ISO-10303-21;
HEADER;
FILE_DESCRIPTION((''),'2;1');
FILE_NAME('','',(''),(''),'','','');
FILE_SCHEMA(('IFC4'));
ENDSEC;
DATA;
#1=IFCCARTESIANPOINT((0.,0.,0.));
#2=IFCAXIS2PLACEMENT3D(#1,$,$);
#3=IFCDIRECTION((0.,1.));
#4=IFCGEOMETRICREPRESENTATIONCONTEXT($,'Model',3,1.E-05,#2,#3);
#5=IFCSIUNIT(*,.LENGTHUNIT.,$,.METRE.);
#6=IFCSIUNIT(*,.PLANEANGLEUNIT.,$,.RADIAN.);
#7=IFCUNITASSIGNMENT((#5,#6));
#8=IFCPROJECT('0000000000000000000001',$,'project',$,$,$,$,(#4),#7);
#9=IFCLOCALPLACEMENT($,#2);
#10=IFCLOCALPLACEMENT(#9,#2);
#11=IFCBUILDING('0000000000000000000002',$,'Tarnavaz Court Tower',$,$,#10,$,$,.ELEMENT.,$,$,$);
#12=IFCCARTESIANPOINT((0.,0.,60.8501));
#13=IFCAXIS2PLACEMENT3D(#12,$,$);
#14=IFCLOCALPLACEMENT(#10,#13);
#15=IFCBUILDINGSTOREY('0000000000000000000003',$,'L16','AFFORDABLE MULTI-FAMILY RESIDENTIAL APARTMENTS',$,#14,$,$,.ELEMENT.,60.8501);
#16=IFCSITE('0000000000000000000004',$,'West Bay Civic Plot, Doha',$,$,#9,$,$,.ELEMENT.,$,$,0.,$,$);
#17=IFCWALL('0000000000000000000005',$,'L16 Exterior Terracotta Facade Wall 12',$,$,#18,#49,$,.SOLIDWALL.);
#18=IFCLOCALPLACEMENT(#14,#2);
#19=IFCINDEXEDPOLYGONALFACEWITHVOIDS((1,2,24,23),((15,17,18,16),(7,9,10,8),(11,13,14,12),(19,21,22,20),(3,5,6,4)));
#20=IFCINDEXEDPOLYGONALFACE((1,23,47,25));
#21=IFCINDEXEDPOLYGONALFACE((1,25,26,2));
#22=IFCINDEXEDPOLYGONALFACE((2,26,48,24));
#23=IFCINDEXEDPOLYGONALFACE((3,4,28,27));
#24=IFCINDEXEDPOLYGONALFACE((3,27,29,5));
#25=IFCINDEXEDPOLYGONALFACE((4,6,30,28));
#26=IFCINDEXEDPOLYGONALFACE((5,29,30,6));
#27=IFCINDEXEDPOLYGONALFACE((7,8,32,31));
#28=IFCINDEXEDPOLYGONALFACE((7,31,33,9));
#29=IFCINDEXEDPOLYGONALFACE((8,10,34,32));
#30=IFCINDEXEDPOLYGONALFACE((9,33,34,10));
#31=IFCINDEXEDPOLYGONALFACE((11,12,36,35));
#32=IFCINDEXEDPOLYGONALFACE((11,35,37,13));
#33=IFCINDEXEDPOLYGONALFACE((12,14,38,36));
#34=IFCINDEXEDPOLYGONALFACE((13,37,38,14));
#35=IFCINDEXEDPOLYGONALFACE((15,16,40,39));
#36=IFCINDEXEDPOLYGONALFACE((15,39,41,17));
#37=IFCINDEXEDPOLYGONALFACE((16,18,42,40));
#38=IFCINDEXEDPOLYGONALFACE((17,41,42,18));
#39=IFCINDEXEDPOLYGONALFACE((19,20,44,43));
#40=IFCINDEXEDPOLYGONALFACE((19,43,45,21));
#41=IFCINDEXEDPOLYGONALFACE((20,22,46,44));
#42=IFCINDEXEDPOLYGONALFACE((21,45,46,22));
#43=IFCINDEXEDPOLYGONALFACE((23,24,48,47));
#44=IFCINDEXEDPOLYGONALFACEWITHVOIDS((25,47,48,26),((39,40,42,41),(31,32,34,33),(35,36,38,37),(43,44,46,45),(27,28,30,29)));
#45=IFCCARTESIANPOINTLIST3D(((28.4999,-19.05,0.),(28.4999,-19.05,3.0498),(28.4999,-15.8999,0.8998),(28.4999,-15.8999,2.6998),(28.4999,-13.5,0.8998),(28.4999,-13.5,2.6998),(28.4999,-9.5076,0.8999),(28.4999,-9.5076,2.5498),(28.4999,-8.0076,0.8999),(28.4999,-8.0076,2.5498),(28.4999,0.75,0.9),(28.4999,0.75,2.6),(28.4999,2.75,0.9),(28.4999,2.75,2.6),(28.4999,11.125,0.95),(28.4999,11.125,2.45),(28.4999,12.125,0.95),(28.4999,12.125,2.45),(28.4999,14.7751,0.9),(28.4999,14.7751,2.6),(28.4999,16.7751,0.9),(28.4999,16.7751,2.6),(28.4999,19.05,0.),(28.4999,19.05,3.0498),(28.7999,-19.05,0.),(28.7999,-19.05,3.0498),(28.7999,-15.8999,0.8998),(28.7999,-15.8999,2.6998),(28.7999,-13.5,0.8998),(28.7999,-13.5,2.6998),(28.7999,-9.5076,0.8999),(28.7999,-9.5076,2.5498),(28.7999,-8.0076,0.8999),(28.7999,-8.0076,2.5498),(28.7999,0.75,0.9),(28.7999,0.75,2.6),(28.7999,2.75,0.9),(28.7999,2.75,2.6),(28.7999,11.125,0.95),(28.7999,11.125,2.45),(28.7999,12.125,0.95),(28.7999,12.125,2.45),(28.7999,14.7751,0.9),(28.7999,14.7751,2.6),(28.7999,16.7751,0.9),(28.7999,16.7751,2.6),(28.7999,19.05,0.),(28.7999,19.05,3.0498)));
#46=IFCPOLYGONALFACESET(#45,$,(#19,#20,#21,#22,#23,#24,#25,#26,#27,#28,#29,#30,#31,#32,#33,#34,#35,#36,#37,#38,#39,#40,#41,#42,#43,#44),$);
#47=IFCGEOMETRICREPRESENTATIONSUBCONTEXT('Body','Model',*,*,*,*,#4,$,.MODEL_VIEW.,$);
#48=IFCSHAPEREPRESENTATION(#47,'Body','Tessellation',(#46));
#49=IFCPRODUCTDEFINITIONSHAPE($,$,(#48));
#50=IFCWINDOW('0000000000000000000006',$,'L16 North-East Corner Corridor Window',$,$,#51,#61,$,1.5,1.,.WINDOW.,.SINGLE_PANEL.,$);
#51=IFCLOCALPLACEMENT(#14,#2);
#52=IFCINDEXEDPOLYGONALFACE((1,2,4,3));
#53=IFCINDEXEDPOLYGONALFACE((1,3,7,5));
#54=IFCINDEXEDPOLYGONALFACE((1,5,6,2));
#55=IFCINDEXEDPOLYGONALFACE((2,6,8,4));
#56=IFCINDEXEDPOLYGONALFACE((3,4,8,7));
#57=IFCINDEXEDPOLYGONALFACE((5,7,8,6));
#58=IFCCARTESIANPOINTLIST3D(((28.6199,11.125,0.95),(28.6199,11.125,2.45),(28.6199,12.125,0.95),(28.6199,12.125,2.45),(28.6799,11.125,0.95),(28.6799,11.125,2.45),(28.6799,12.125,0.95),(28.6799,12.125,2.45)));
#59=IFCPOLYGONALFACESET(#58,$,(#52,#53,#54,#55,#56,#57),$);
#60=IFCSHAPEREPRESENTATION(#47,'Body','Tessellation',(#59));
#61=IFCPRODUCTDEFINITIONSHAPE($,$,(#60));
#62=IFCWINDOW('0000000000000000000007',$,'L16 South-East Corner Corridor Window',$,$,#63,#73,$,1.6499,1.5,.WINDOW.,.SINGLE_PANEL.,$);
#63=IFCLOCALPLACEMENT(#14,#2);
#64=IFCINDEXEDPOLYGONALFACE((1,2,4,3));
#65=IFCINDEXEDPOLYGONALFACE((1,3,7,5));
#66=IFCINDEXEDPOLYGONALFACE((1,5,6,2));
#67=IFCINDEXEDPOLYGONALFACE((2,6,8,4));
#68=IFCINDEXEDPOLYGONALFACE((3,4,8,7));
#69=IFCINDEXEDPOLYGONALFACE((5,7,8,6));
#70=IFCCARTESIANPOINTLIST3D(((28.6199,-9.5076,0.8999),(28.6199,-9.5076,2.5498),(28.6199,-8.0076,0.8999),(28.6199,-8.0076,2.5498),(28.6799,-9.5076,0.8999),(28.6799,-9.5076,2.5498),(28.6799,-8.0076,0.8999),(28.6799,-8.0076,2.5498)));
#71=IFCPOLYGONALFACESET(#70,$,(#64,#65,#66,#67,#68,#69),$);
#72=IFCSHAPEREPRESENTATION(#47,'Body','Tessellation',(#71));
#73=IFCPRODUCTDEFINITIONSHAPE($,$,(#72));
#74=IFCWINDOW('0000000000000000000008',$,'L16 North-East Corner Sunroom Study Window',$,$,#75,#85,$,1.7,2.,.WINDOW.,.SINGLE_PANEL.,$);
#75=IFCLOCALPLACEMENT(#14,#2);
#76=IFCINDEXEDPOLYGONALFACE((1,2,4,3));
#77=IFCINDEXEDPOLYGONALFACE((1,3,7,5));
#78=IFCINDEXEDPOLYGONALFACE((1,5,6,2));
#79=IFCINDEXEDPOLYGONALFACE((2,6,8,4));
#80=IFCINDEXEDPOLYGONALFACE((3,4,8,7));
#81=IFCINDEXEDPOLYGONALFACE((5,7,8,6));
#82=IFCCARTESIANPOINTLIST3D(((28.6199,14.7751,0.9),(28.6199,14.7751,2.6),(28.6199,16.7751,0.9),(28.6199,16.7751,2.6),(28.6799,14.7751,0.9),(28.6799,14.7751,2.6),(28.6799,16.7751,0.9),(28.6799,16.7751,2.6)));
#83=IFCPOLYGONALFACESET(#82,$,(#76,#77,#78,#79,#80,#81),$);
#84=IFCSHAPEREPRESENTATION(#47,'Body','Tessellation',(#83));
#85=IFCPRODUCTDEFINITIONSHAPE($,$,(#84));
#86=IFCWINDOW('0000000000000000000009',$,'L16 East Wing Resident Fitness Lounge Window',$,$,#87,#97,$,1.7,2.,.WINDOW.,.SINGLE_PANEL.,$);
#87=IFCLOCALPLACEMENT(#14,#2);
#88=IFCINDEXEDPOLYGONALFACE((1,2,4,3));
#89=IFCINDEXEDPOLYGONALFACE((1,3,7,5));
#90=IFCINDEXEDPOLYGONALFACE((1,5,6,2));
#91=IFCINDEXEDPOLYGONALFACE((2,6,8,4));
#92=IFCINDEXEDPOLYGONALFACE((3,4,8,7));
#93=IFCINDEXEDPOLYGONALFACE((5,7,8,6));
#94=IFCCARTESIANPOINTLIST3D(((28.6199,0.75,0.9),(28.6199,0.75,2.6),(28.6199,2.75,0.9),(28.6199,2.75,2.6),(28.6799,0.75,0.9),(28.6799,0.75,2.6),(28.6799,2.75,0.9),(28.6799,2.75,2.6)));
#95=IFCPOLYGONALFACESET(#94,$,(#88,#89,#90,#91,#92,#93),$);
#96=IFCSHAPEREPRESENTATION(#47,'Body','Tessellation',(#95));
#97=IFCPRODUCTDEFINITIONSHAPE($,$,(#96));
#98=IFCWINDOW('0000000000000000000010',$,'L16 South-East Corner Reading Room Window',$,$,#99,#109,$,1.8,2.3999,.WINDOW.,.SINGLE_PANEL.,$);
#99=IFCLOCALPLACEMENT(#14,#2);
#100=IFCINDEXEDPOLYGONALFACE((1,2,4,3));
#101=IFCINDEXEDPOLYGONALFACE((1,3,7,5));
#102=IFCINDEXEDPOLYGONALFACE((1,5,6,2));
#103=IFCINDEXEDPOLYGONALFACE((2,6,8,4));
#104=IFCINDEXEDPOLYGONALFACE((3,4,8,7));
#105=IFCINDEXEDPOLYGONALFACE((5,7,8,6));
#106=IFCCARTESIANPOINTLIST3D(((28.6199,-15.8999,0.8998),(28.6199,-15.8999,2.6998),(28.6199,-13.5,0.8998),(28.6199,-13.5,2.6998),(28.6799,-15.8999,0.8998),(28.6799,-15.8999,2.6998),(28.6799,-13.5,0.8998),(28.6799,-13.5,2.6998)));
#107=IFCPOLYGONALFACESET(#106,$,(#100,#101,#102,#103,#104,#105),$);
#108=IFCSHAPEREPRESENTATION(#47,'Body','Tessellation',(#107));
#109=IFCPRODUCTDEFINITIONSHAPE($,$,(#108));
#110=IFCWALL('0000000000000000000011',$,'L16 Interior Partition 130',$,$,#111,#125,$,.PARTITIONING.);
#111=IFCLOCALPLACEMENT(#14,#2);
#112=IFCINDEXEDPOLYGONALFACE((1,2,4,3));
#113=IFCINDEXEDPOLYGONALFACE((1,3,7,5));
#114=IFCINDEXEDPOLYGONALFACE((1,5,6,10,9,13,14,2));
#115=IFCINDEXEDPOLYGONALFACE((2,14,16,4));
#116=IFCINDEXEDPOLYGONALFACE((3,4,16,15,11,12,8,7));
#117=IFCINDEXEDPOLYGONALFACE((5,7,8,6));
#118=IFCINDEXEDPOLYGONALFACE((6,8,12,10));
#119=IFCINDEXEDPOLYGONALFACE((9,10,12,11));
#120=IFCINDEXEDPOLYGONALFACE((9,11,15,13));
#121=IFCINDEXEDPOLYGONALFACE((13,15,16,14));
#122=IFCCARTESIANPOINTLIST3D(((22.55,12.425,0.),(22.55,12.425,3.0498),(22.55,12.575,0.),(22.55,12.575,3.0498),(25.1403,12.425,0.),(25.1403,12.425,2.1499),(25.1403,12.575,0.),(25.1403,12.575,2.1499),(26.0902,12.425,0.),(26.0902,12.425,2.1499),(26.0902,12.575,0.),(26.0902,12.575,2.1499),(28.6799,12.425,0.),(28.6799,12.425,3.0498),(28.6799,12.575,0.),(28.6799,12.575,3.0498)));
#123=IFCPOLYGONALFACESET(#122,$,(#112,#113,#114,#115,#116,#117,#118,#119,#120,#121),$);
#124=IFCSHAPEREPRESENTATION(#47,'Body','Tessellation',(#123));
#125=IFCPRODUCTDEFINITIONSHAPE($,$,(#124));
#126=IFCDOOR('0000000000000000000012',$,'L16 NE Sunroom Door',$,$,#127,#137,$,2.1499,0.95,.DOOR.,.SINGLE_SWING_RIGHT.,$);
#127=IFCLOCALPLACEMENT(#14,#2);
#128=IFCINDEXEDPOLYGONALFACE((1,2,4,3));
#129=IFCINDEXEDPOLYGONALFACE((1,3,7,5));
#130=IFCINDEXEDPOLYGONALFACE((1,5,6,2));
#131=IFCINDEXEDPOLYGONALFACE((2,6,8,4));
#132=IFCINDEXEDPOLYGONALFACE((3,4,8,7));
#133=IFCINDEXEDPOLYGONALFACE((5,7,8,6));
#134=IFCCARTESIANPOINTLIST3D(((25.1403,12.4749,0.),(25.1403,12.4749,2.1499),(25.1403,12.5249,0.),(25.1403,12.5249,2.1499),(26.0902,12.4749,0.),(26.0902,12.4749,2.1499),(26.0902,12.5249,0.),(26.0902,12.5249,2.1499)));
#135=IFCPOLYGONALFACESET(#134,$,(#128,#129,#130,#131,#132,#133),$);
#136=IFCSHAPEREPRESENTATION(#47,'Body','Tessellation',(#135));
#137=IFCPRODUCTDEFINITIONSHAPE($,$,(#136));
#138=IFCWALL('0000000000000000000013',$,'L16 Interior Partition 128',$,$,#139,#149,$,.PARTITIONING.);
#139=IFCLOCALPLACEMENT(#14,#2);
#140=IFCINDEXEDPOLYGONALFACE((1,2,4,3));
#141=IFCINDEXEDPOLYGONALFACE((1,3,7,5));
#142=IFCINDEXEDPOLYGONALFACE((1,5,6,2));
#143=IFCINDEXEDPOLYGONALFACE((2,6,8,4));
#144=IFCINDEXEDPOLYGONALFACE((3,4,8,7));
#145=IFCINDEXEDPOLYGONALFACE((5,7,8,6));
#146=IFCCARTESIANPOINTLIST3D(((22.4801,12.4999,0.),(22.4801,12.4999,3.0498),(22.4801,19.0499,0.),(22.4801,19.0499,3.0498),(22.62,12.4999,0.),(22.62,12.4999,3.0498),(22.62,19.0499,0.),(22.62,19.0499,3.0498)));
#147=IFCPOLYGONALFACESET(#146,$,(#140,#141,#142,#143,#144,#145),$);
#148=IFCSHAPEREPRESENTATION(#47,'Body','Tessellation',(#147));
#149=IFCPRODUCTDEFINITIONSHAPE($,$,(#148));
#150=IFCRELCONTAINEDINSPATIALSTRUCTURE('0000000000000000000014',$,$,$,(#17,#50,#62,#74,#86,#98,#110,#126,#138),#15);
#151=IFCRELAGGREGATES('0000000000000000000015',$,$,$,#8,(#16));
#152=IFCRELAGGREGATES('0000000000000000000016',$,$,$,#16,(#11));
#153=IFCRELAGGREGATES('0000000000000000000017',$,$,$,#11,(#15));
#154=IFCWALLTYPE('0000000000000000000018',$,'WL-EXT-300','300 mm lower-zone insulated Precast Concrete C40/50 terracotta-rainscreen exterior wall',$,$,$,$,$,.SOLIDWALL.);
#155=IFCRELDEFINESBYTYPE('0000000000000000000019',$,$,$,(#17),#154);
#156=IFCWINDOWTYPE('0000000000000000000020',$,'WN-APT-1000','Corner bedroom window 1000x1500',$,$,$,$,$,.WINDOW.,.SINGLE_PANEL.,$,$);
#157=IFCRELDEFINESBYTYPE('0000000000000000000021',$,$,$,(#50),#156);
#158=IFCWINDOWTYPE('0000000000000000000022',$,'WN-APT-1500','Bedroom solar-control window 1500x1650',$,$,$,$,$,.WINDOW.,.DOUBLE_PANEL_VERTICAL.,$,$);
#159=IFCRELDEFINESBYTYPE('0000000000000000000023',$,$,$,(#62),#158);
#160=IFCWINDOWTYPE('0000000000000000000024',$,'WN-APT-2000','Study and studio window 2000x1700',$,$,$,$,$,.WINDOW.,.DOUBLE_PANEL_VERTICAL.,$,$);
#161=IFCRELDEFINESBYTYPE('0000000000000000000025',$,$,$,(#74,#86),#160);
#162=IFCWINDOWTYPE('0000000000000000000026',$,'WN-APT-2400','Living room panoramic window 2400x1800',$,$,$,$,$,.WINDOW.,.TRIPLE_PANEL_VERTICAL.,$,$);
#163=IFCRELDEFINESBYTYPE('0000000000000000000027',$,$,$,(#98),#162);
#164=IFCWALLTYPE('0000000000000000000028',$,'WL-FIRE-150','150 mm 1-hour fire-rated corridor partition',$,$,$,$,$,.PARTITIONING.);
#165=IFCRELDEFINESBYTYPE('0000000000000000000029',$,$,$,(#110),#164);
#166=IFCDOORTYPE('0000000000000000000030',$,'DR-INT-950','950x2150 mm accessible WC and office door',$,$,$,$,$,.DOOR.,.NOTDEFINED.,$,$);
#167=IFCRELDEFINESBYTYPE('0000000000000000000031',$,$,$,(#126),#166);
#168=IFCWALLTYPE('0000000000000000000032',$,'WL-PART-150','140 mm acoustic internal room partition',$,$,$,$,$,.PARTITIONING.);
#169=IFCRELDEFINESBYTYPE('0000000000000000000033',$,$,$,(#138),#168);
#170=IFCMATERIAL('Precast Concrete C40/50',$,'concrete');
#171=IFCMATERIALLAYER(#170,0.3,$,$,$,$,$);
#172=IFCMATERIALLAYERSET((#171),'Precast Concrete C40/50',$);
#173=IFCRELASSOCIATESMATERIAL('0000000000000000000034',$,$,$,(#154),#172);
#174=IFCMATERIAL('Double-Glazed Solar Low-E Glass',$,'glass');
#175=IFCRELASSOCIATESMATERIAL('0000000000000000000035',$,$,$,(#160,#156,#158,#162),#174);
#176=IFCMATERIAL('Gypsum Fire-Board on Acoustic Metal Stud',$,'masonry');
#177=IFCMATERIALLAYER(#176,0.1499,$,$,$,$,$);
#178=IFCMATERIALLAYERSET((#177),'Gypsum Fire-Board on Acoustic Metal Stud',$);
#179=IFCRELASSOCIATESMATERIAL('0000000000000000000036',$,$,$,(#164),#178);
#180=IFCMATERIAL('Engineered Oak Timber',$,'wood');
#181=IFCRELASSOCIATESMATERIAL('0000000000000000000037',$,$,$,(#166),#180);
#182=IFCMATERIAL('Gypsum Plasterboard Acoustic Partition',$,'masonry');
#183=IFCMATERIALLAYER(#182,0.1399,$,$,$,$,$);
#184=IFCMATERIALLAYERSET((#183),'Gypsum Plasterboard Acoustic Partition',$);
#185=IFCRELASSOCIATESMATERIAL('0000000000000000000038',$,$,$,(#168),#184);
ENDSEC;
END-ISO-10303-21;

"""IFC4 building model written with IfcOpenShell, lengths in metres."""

from ifc_helpers import new_model, si_unit, direction, frame, frame_2d, origin, place, context, subcontext, project, spatial, rectangle, extrude, material, layer, layer_set, type_object, element, fill, save


model = new_model("IFC4")

# Units and contexts
model_context = context("Model", 3, precision=1e-05, world=origin(), true_north=direction((0.0, 1.0)))
body_context = subcontext(model_context, "Body", "Model", "MODEL_VIEW")
ifc_project = project(units=[si_unit("LENGTHUNIT", "METRE"), si_unit("PLANEANGLEUNIT", "RADIAN")], contexts=[model_context])

# Site, building, storey
site_placement = place(None, origin())
site = spatial("IfcSite", under=ifc_project, at=site_placement, Name="West Bay Civic Plot, Doha", CompositionType="ELEMENT", RefElevation=0.0)
building_placement = place(site_placement, origin())
building = spatial("IfcBuilding", under=site, at=building_placement, Name="Tarnavaz Court Tower", CompositionType="ELEMENT")
storey_placement = place(building_placement, frame((0.0, 0.0, 60.8501)))
storey = spatial("IfcBuildingStorey", under=building, at=storey_placement, Name="L16", Description="AFFORDABLE MULTI-FAMILY RESIDENTIAL APARTMENTS", CompositionType="ELEMENT", Elevation=60.8501)

# Shared definitions
ifc_material_1 = material(Name="Precast Concrete C40/50", Category="concrete")
ifc_layer_1 = layer(ifc_material_1, 0.3)
ifc_layer_set_1 = layer_set([ifc_layer_1], Name="Precast Concrete C40/50")
wall_type_1 = type_object("IfcWallType", Name="WL-EXT-300", Description="300 mm lower-zone insulated Precast Concrete C40/50 terracotta-rainscreen exterior wall", PredefinedType="SOLIDWALL", material=ifc_layer_set_1)
ifc_material_2 = material(Name="Double-Glazed Solar Low-E Glass", Category="glass")
window_type_1 = type_object("IfcWindowType", Name="WN-APT-2000", Description="Study and studio window 2000x1700", PartitioningType="DOUBLE_PANEL_VERTICAL", PredefinedType="WINDOW", material=ifc_material_2)

# Wall, openings, windows
wall_1_placement = place(storey_placement, frame((28.6499, 19.05, 0.0), z_axis=(0.0, 0.0, 1.0), x_axis=(0.0, -1.0, 0.0)))
wall_1 = element("IfcWall", 1, at=wall_1_placement, inside=storey, type_object=wall_type_1, Name="L16 Exterior Terracotta Facade Wall 12", PredefinedType="SOLIDWALL", context=body_context, shape_type="SweptSolid", body=[
    extrude(rectangle(XDim=38.1001, YDim=0.3, at=frame_2d((19.05, 0.0))), origin(), (0.0, 0.0, 1.0), 3.0498),
])
opening_1_placement = place(wall_1_placement, frame((2.2749, 0.0, 0.8999)))
opening_1 = element("IfcOpeningElement", 2, at=opening_1_placement, cuts=wall_1, PredefinedType="OPENING", context=body_context, shape_type="SweptSolid", body=[
    extrude(rectangle(XDim=2.0, YDim=1.7, at=frame_2d((1.0, 0.8501))), frame((0.0, 0.1599, 0.0), z_axis=(0.0, -1.0, 0.0), x_axis=(1.0, 0.0, 0.0)), (0.0, 0.0, 1.0), 0.3201),
])
opening_2_placement = place(wall_1_placement, frame((6.925, 0.0, 0.95)))
opening_2 = element("IfcOpeningElement", 3, at=opening_2_placement, cuts=wall_1, PredefinedType="OPENING", context=body_context, shape_type="SweptSolid", body=[
    extrude(rectangle(XDim=1.0, YDim=1.5, at=frame_2d((0.5, 0.75))), frame((0.0, 0.1599, 0.0), z_axis=(0.0, -1.0, 0.0), x_axis=(1.0, 0.0, 0.0)), (0.0, 0.0, 1.0), 0.3201),
])
opening_3_placement = place(wall_1_placement, frame((16.3, 0.0, 0.8999)))
opening_3 = element("IfcOpeningElement", 4, at=opening_3_placement, cuts=wall_1, PredefinedType="OPENING", context=body_context, shape_type="SweptSolid", body=[
    extrude(rectangle(XDim=2.0, YDim=1.7, at=frame_2d((1.0, 0.8501))), frame((0.0, 0.1599, 0.0), z_axis=(0.0, -1.0, 0.0), x_axis=(1.0, 0.0, 0.0)), (0.0, 0.0, 1.0), 0.3201),
])
opening_4_placement = place(wall_1_placement, frame((27.0576, 0.0, 0.8999)))
opening_4 = element("IfcOpeningElement", 5, at=opening_4_placement, cuts=wall_1, PredefinedType="OPENING", context=body_context, shape_type="SweptSolid", body=[
    extrude(rectangle(XDim=1.5, YDim=1.6499, at=frame_2d((0.75, 0.825))), frame((0.0, 0.1599, 0.0), z_axis=(0.0, -1.0, 0.0), x_axis=(1.0, 0.0, 0.0)), (0.0, 0.0, 1.0), 0.3201),
])
opening_5_placement = place(wall_1_placement, frame((32.55, 0.0, 0.8999)))
opening_5 = element("IfcOpeningElement", 6, at=opening_5_placement, cuts=wall_1, PredefinedType="OPENING", context=body_context, shape_type="SweptSolid", body=[
    extrude(rectangle(XDim=2.3999, YDim=1.8, at=frame_2d((1.2, 0.8999))), frame((0.0, 0.1599, 0.0), z_axis=(0.0, -1.0, 0.0), x_axis=(1.0, 0.0, 0.0)), (0.0, 0.0, 1.0), 0.3201),
])
window_type_2 = type_object("IfcWindowType", Name="WN-APT-1000", Description="Corner bedroom window 1000x1500", PartitioningType="SINGLE_PANEL", PredefinedType="WINDOW", material=ifc_material_2)
window_1_placement = place(opening_2_placement, origin())
window_1 = element("IfcWindow", 7, at=window_1_placement, inside=storey, type_object=window_type_2, Name="L16 North-East Corner Corridor Window", OverallHeight=1.5, OverallWidth=1.0, PartitioningType="SINGLE_PANEL", PredefinedType="WINDOW", context=body_context, shape_type="SweptSolid", body=[
    extrude(rectangle(XDim=1.0, YDim=1.5, at=frame_2d((0.5, 0.75))), frame((0.0, 0.03, 0.0), z_axis=(0.0, -1.0, 0.0), x_axis=(1.0, 0.0, 0.0)), (0.0, 0.0, 1.0), 0.0601),
])
fill(opening_2, window_1)
window_type_3 = type_object("IfcWindowType", Name="WN-APT-1500", Description="Bedroom solar-control window 1500x1650", PartitioningType="DOUBLE_PANEL_VERTICAL", PredefinedType="WINDOW", material=ifc_material_2)
window_2_placement = place(opening_4_placement, origin())
window_2 = element("IfcWindow", 8, at=window_2_placement, inside=storey, type_object=window_type_3, Name="L16 South-East Corner Corridor Window", OverallHeight=1.6499, OverallWidth=1.5, PartitioningType="SINGLE_PANEL", PredefinedType="WINDOW", context=body_context, shape_type="SweptSolid", body=[
    extrude(rectangle(XDim=1.5, YDim=1.6499, at=frame_2d((0.75, 0.825))), frame((0.0, 0.03, 0.0), z_axis=(0.0, -1.0, 0.0), x_axis=(1.0, 0.0, 0.0)), (0.0, 0.0, 1.0), 0.0601),
])
fill(opening_4, window_2)
window_3_placement = place(opening_1_placement, origin())
window_3 = element("IfcWindow", 9, at=window_3_placement, inside=storey, type_object=window_type_1, Name="L16 North-East Corner Sunroom Study Window", OverallHeight=1.7, OverallWidth=2.0, PartitioningType="SINGLE_PANEL", PredefinedType="WINDOW", context=body_context, shape_type="SweptSolid", body=[
    extrude(rectangle(XDim=2.0, YDim=1.7, at=frame_2d((1.0, 0.8501))), frame((0.0, 0.03, 0.0), z_axis=(0.0, -1.0, 0.0), x_axis=(1.0, 0.0, 0.0)), (0.0, 0.0, 1.0), 0.0601),
])
fill(opening_1, window_3)
window_4_placement = place(opening_3_placement, origin())
window_4 = element("IfcWindow", 10, at=window_4_placement, inside=storey, type_object=window_type_1, Name="L16 East Wing Resident Fitness Lounge Window", OverallHeight=1.7, OverallWidth=2.0, PartitioningType="SINGLE_PANEL", PredefinedType="WINDOW", context=body_context, shape_type="SweptSolid", body=[
    extrude(rectangle(XDim=2.0, YDim=1.7, at=frame_2d((1.0, 0.8501))), frame((0.0, 0.03, 0.0), z_axis=(0.0, -1.0, 0.0), x_axis=(1.0, 0.0, 0.0)), (0.0, 0.0, 1.0), 0.0601),
])
fill(opening_3, window_4)
window_type_4 = type_object("IfcWindowType", Name="WN-APT-2400", Description="Living room panoramic window 2400x1800", PartitioningType="TRIPLE_PANEL_VERTICAL", PredefinedType="WINDOW", material=ifc_material_2)
window_5_placement = place(opening_5_placement, origin())
window_5 = element("IfcWindow", 11, at=window_5_placement, inside=storey, type_object=window_type_4, Name="L16 South-East Corner Reading Room Window", OverallHeight=1.8, OverallWidth=2.3999, PartitioningType="SINGLE_PANEL", PredefinedType="WINDOW", context=body_context, shape_type="SweptSolid", body=[
    extrude(rectangle(XDim=2.3999, YDim=1.8, at=frame_2d((1.2, 0.8999))), frame((0.0, 0.03, 0.0), z_axis=(0.0, -1.0, 0.0), x_axis=(1.0, 0.0, 0.0)), (0.0, 0.0, 1.0), 0.0601),
])
fill(opening_5, window_5)

# Wall, opening, door
ifc_material_3 = material(Name="Gypsum Fire-Board on Acoustic Metal Stud", Category="masonry")
ifc_layer_2 = layer(ifc_material_3, 0.1499)
ifc_layer_set_2 = layer_set([ifc_layer_2], Name="Gypsum Fire-Board on Acoustic Metal Stud")
wall_type_2 = type_object("IfcWallType", Name="WL-FIRE-150", Description="150 mm 1-hour fire-rated corridor partition", PredefinedType="PARTITIONING", material=ifc_layer_set_2)
wall_2_placement = place(storey_placement, frame((22.55, 12.5, 0.0), z_axis=(0.0, 0.0, 1.0), x_axis=(1.0, 0.0, 0.0)))
wall_2 = element("IfcWall", 12, at=wall_2_placement, inside=storey, type_object=wall_type_2, Name="L16 Interior Partition 130", PredefinedType="PARTITIONING", context=body_context, shape_type="SweptSolid", body=[
    extrude(rectangle(XDim=6.1299, YDim=0.1499, at=frame_2d((3.0649, 0.0))), origin(), (0.0, 0.0, 1.0), 3.0498),
])
opening_6_placement = place(wall_2_placement, frame((2.5901, 0.0, 0.0)))
opening_6 = element("IfcOpeningElement", 13, at=opening_6_placement, cuts=wall_2, PredefinedType="OPENING", context=body_context, shape_type="SweptSolid", body=[
    extrude(rectangle(XDim=0.95, YDim=2.1499, at=frame_2d((0.4751, 1.075))), frame((0.0, 0.085, 0.0), z_axis=(0.0, -1.0, 0.0), x_axis=(1.0, 0.0, 0.0)), (0.0, 0.0, 1.0), 0.1699),
])
ifc_material_4 = material(Name="Engineered Oak Timber", Category="wood")
door_type = type_object("IfcDoorType", Name="DR-INT-950", Description="950x2150 mm accessible WC and office door", OperationType="NOTDEFINED", PredefinedType="DOOR", material=ifc_material_4)
door_placement = place(opening_6_placement, origin())
door = element("IfcDoor", 14, at=door_placement, inside=storey, type_object=door_type, Name="L16 NE Sunroom Door", OperationType="SINGLE_SWING_RIGHT", OverallHeight=2.1499, OverallWidth=0.95, PredefinedType="DOOR", context=body_context, shape_type="SweptSolid", body=[
    extrude(rectangle(XDim=0.95, YDim=2.1499, at=frame_2d((0.4751, 1.075))), frame((0.0, 0.0249, 0.0), z_axis=(0.0, -1.0, 0.0), x_axis=(1.0, 0.0, 0.0)), (0.0, 0.0, 1.0), 0.05),
])
fill(opening_6, door)

# Wall
ifc_material_5 = material(Name="Gypsum Plasterboard Acoustic Partition", Category="masonry")
ifc_layer_3 = layer(ifc_material_5, 0.1399)
ifc_layer_set_3 = layer_set([ifc_layer_3], Name="Gypsum Plasterboard Acoustic Partition")
wall_type_3 = type_object("IfcWallType", Name="WL-PART-150", Description="140 mm acoustic internal room partition", PredefinedType="PARTITIONING", material=ifc_layer_set_3)
wall_3_placement = place(storey_placement, frame((22.55, 12.5, 0.0), z_axis=(0.0, 0.0, 1.0), x_axis=(0.0, 1.0, 0.0)))
element("IfcWall", 15, at=wall_3_placement, inside=storey, type_object=wall_type_3, Name="L16 Interior Partition 128", PredefinedType="PARTITIONING", context=body_context, shape_type="SweptSolid", body=[
    extrude(rectangle(XDim=6.55, YDim=0.1399, at=frame_2d((3.2749, 0.0))), origin(), (0.0, 0.0, 1.0), 3.0498),
])

save(model, "model.ifc")
